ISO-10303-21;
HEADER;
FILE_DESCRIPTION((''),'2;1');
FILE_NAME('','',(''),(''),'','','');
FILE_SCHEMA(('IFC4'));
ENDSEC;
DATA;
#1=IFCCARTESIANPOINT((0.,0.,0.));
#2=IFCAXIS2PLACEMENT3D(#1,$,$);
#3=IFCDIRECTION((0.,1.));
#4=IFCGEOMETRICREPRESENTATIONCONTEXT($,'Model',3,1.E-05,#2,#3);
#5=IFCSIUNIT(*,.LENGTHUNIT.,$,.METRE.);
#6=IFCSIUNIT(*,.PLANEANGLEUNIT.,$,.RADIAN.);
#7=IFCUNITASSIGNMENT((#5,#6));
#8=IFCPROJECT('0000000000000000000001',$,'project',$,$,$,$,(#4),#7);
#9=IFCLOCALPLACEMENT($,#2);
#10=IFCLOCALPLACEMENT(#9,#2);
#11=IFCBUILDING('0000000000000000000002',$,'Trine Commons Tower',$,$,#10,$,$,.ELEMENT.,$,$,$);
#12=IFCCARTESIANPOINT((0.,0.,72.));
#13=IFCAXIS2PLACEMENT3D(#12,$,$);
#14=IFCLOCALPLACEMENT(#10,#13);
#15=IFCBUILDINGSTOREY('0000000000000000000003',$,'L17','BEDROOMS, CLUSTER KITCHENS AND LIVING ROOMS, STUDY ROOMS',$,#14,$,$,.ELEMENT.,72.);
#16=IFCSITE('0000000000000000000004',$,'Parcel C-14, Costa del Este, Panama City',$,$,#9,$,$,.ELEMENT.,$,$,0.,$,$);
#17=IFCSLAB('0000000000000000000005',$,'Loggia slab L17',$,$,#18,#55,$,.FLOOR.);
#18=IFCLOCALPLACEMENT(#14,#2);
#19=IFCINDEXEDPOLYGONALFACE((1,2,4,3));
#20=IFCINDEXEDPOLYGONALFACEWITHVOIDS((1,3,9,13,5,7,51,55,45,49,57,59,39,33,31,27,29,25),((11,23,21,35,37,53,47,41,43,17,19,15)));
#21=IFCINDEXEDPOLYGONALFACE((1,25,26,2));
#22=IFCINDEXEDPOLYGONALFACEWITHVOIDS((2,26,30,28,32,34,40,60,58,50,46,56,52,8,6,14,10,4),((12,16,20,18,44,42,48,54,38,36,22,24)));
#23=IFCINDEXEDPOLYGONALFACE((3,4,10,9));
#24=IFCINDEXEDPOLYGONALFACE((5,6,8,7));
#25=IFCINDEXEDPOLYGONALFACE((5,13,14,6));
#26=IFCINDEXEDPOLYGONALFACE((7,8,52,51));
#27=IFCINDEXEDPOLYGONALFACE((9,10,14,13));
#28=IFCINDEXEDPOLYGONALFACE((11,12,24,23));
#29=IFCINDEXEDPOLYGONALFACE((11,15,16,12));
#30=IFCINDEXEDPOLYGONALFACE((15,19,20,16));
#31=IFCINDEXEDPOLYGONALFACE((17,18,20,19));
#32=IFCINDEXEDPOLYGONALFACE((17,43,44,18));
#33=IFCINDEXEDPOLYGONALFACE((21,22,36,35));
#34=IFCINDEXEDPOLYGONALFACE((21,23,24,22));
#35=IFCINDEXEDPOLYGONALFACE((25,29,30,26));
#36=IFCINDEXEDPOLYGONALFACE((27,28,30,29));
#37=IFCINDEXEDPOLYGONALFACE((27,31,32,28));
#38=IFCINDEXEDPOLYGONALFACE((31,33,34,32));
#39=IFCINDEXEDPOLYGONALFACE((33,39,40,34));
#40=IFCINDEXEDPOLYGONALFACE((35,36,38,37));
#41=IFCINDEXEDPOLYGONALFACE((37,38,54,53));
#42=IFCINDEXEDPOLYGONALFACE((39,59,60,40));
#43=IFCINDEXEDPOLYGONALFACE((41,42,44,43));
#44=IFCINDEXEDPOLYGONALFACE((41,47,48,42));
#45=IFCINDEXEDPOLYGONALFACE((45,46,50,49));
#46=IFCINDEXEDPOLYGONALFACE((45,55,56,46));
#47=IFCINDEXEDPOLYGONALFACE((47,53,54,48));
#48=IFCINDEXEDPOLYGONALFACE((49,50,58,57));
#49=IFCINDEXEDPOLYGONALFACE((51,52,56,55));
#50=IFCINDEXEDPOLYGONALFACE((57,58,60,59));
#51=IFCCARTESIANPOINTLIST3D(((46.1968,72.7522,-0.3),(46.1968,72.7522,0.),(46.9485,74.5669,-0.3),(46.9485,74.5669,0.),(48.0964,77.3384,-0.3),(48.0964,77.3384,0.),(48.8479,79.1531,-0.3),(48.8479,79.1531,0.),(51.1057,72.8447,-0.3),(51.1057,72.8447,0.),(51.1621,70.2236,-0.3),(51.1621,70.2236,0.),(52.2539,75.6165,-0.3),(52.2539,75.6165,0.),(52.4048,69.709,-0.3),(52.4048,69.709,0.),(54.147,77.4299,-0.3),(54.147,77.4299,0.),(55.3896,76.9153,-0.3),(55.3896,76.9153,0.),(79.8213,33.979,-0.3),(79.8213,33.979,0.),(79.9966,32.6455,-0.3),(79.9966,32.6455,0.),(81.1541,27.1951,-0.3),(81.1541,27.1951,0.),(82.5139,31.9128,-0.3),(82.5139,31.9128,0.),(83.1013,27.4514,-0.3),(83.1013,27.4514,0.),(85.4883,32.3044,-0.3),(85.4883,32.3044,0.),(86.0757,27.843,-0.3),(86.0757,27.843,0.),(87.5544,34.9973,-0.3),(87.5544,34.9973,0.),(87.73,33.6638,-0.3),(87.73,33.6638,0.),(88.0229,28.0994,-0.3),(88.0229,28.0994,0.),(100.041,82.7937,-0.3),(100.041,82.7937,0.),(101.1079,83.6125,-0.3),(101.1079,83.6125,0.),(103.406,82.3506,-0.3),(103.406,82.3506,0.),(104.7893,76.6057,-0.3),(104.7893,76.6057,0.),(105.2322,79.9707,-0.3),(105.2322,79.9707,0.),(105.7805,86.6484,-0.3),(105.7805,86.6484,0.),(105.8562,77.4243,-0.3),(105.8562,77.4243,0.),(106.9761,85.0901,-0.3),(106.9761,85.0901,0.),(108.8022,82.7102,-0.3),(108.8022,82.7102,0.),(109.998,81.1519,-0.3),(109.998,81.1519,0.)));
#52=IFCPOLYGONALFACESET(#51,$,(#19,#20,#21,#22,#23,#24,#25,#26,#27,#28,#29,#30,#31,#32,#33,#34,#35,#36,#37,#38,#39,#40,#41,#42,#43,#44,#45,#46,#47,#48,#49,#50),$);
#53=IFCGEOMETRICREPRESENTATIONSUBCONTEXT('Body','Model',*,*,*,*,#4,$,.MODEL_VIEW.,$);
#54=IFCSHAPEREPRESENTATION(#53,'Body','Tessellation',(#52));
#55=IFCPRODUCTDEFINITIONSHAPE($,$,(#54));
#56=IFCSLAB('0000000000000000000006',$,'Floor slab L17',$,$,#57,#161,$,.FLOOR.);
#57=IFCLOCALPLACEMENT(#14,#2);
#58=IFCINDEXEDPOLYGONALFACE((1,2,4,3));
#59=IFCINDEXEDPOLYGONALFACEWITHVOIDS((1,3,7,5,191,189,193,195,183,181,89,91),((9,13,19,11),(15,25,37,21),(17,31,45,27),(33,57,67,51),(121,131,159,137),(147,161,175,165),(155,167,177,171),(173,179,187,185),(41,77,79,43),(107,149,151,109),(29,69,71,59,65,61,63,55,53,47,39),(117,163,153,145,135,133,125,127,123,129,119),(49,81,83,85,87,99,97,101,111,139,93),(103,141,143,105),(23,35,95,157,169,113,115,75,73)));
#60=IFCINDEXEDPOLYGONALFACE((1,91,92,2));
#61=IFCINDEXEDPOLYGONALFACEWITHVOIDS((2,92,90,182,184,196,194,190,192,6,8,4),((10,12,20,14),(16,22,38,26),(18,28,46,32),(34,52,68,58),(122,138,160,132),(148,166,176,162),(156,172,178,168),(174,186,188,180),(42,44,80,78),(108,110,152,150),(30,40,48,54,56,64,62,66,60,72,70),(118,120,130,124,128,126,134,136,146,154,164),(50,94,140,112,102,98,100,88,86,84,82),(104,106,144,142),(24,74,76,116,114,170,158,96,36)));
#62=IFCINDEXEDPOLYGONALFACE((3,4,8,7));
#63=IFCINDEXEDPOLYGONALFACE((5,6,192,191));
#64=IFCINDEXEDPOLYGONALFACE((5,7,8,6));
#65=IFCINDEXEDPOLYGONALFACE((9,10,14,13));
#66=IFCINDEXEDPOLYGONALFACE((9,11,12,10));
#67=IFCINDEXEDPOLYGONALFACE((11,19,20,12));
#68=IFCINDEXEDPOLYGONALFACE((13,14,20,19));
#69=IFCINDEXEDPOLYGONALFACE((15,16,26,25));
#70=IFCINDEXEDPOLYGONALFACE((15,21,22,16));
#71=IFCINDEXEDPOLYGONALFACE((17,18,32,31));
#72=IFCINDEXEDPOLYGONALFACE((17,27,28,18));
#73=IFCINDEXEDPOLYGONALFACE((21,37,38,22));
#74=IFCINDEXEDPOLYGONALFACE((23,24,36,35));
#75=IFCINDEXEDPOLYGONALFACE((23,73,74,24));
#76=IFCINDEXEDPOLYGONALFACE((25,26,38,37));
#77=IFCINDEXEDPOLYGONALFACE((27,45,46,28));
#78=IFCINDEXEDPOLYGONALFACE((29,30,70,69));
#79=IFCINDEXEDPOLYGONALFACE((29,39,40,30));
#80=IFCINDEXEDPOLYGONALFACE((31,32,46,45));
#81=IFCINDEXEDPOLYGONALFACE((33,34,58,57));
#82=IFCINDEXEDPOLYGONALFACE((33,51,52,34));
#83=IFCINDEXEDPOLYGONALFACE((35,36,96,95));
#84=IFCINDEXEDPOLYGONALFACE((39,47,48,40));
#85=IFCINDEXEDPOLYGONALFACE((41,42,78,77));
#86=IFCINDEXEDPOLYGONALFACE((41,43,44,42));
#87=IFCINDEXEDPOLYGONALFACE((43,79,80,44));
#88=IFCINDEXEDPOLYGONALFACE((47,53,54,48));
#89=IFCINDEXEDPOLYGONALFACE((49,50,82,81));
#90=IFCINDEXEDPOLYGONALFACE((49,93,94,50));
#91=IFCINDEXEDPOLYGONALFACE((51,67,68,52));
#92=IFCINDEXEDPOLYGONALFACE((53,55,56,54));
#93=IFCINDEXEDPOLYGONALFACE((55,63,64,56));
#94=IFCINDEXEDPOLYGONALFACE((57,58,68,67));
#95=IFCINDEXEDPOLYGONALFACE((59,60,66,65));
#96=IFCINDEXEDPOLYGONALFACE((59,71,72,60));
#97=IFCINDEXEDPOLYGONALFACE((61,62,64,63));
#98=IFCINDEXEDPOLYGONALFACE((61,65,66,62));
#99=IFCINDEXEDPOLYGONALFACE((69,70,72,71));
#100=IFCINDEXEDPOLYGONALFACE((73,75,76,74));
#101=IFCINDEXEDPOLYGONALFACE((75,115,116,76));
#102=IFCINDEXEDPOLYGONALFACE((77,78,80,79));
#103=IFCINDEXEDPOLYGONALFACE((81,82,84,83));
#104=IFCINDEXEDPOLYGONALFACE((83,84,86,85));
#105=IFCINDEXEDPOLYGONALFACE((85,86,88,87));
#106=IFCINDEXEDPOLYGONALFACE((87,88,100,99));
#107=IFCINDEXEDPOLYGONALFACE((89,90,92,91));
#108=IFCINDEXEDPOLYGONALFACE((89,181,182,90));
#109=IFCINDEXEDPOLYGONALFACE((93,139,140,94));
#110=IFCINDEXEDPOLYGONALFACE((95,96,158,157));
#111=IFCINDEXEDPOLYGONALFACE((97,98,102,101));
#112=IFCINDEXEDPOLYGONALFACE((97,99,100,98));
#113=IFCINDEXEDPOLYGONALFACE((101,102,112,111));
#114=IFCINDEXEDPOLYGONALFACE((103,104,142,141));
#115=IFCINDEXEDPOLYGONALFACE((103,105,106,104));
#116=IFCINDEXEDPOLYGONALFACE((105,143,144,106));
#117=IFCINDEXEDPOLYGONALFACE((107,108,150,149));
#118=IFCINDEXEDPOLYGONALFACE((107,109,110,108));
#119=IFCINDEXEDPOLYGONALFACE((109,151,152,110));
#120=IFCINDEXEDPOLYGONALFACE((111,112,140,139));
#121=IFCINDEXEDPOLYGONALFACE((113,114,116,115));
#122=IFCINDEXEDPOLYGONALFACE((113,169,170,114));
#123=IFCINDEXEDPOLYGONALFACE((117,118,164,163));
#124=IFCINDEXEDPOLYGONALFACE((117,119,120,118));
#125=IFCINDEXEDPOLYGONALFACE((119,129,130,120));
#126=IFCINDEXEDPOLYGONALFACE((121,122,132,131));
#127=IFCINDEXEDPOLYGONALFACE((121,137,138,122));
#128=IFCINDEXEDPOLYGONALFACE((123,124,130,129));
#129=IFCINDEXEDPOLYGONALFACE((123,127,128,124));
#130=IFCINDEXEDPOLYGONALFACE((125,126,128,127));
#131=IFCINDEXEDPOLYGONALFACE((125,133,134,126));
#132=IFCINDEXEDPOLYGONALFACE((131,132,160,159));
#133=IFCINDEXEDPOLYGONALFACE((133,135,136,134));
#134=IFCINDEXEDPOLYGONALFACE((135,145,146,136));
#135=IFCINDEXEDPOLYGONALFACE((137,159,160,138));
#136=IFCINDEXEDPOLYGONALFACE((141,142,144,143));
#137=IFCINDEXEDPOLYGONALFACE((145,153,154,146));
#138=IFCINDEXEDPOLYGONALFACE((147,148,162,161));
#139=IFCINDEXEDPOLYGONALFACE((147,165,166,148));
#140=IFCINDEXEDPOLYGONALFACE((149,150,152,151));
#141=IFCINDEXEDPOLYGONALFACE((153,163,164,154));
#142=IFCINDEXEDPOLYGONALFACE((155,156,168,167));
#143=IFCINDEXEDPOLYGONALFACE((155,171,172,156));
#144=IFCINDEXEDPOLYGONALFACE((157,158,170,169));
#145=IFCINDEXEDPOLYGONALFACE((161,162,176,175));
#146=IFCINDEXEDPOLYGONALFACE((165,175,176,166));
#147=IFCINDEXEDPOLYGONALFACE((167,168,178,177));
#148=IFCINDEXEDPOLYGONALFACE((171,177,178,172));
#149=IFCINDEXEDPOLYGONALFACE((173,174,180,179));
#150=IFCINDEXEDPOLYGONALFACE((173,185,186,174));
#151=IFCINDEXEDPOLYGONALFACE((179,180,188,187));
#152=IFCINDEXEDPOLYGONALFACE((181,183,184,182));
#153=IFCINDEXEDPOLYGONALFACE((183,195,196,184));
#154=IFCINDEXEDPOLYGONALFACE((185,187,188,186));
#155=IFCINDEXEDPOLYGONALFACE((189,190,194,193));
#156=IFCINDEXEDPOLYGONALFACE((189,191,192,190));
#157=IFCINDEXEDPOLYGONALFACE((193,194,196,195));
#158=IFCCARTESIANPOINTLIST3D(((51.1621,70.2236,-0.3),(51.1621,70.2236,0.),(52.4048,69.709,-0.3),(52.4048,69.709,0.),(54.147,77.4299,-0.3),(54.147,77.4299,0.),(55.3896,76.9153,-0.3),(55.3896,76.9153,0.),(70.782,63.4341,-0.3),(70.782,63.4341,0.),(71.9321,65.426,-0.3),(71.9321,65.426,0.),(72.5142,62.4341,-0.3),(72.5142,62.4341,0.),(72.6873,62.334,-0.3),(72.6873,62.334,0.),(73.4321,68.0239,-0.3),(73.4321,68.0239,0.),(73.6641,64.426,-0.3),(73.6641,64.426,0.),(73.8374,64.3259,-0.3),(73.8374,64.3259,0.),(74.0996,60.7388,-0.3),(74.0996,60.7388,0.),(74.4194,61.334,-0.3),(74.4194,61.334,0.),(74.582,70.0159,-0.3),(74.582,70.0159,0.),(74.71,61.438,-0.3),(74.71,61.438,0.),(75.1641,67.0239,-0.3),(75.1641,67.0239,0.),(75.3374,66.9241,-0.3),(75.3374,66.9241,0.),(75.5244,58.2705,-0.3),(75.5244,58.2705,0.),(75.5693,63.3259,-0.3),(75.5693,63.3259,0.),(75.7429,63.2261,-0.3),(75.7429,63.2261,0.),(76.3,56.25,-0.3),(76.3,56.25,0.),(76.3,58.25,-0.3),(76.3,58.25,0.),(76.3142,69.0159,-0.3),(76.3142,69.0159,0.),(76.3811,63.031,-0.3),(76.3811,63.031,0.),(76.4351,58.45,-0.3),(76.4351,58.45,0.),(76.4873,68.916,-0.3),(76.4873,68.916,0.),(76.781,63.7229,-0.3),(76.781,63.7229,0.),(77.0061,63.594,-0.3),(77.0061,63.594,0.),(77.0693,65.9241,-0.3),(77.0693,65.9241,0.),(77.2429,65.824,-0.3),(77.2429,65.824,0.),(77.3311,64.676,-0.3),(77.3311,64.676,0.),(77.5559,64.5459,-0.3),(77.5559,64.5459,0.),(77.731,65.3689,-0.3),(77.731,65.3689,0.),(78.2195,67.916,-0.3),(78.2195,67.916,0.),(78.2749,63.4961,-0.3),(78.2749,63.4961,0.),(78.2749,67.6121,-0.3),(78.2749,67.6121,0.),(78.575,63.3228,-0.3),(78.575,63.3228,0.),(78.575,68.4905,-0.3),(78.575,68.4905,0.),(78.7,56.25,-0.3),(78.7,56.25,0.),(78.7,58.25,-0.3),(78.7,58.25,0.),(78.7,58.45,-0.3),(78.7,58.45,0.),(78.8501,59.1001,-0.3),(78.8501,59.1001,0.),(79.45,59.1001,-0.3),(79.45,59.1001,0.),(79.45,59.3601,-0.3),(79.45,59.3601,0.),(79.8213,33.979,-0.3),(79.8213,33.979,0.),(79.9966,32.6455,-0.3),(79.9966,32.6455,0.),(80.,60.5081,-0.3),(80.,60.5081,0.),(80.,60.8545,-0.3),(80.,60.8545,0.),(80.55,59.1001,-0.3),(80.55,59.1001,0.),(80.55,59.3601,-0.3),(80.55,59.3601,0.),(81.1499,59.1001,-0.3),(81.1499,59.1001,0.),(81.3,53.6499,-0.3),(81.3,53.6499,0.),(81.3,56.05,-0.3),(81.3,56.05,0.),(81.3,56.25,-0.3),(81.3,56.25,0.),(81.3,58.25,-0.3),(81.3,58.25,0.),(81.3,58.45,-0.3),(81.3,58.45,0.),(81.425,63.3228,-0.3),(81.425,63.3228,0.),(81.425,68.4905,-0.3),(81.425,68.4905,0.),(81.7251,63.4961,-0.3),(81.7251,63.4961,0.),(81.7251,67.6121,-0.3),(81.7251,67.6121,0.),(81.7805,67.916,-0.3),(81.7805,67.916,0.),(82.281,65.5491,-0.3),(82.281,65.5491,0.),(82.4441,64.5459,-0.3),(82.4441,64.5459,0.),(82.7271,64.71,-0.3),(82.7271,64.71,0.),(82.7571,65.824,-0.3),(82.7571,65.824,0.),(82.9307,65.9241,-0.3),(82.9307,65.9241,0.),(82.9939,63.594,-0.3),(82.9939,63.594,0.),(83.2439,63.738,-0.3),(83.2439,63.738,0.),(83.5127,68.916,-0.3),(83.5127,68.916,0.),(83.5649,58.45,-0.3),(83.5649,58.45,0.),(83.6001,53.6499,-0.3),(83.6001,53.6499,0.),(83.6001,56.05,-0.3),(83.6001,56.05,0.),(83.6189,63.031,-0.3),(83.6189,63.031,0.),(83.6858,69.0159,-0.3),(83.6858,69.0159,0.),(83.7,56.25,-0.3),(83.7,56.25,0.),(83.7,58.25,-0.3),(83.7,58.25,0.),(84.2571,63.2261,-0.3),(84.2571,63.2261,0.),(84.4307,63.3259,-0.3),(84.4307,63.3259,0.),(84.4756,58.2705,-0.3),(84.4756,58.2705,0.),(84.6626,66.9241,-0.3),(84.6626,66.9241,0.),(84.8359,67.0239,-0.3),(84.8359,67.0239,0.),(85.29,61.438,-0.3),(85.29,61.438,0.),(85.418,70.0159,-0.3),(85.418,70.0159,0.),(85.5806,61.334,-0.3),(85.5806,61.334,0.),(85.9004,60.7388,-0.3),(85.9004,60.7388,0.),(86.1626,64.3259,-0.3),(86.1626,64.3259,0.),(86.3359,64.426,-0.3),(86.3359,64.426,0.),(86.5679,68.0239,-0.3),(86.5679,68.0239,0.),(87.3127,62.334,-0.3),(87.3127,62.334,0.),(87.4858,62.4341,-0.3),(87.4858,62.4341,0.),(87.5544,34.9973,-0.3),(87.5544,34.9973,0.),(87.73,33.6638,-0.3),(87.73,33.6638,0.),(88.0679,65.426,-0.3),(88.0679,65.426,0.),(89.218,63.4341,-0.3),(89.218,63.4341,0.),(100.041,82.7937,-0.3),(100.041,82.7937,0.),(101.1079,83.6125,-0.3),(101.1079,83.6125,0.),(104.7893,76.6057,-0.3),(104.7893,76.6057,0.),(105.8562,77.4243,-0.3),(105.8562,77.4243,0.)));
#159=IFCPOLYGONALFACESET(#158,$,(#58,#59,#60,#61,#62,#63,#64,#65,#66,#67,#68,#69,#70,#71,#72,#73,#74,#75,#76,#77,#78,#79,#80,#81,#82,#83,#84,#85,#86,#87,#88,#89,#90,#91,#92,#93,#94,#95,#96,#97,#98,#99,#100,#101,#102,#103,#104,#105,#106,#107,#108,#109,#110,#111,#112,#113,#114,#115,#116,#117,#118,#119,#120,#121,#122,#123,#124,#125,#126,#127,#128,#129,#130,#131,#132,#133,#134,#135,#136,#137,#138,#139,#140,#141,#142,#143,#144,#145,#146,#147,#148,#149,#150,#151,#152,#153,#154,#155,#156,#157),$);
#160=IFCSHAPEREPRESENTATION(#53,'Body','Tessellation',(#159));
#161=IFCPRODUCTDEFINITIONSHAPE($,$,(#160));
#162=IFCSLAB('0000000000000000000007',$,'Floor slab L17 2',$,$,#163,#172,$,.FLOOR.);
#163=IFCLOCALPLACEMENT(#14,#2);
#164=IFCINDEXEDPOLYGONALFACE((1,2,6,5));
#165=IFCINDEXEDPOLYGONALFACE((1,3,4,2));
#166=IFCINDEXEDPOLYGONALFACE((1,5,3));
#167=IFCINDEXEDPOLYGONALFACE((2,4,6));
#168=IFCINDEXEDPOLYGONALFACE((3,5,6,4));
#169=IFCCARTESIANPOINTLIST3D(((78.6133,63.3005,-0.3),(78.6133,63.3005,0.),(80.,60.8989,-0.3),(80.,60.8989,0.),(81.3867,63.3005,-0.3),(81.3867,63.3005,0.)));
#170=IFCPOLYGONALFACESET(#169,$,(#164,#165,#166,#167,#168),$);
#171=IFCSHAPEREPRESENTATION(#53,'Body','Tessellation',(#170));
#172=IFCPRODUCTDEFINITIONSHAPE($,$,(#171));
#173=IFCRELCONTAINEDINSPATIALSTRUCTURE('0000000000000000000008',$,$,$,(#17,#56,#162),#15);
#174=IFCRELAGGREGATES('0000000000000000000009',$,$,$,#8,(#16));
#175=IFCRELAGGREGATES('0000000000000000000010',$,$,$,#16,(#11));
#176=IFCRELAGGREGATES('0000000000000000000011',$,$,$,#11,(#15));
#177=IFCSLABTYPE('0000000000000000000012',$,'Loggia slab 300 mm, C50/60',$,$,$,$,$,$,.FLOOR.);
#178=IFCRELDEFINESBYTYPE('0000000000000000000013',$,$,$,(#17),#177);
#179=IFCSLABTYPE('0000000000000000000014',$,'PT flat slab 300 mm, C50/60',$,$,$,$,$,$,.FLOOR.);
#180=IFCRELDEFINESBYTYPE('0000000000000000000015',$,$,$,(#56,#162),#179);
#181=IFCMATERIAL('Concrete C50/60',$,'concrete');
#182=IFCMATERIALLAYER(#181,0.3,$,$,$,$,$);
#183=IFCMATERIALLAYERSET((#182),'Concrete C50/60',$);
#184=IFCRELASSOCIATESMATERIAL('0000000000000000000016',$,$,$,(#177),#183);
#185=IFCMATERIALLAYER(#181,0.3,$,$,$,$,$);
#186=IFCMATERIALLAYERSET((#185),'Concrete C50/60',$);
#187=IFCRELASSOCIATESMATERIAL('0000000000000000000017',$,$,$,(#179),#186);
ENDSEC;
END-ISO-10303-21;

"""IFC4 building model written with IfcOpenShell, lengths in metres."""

from ifc_helpers import new_model, si_unit, direction, frame, origin, place, context, subcontext, project, spatial, polyline, outline, extrude, material, layer, layer_set, type_object, element, save


model = new_model("IFC4")

# Units and contexts
model_context = context("Model", 3, precision=1e-05, world=origin(), true_north=direction((0.0, 1.0)))
body_context = subcontext(model_context, "Body", "Model", "MODEL_VIEW")
ifc_project = project(units=[si_unit("LENGTHUNIT", "METRE"), si_unit("PLANEANGLEUNIT", "RADIAN")], contexts=[model_context])

# Site, building, storey
site_placement = place(None, origin())
site = spatial("IfcSite", under=ifc_project, at=site_placement, Name="Parcel C-14, Costa del Este, Panama City", CompositionType="ELEMENT", RefElevation=0.0)
building_placement = place(site_placement, origin())
building = spatial("IfcBuilding", under=site, at=building_placement, Name="Trine Commons Tower", CompositionType="ELEMENT")
storey_placement = place(building_placement, frame((0.0, 0.0, 72.0)))
storey = spatial("IfcBuildingStorey", under=building, at=storey_placement, Name="L17", Description="BEDROOMS, CLUSTER KITCHENS AND LIVING ROOMS, STUDY ROOMS", CompositionType="ELEMENT", Elevation=72.0)

# Slabs
ifc_material_1 = material(Name="Concrete C50/60", Category="concrete")
ifc_layer_1 = layer(ifc_material_1, 0.3)
ifc_layer_set_1 = layer_set([ifc_layer_1], Name="Concrete C50/60")
slab_type_1 = type_object("IfcSlabType", Name="Loggia slab 300 mm, C50/60", PredefinedType="FLOOR", material=ifc_layer_set_1)
slab_1_placement = place(storey_placement, frame((0.0, 0.0, -0.3)))
element("IfcSlab", 1, at=slab_1_placement, inside=storey, type_object=slab_type_1, Name="Loggia slab L17", PredefinedType="FLOOR", context=body_context, shape_type="SweptSolid", body=[
    extrude(outline(polyline([(88.0229, 28.0994), (109.998, 81.1519), (108.8022, 82.7102), (105.2322, 79.9707), (103.406, 82.3506), (106.9761, 85.0901), (105.7805, 86.6484), (48.8479, 79.1531), (48.0964, 77.3384), (52.2539, 75.6165), (51.1057, 72.8447), (46.9485, 74.5669), (46.1968, 72.7522), (81.1541, 27.1951), (83.1013, 27.4514), (82.5139, 31.9128), (85.4883, 32.3044), (86.0757, 27.843), (88.0229, 28.0994)]), holes=[polyline([(79.9966, 32.6455), (79.8213, 33.979), (87.5544, 34.9973), (87.73, 33.6638), (105.8562, 77.4243), (104.7893, 76.6057), (100.041, 82.7937), (101.1079, 83.6125), (54.147, 77.4299), (55.3896, 76.9153), (52.4048, 69.709), (51.1621, 70.2236), (79.9966, 32.6455)])]), origin(), (0.0, 0.0, 1.0), 0.3),
])
ifc_layer_2 = layer(ifc_material_1, 0.3)
ifc_layer_set_2 = layer_set([ifc_layer_2], Name="Concrete C50/60")
slab_type_2 = type_object("IfcSlabType", Name="PT flat slab 300 mm, C50/60", PredefinedType="FLOOR", material=ifc_layer_set_2)
slab_2_placement = place(storey_placement, frame((0.0, 0.0, -0.3)))
element("IfcSlab", 2, at=slab_2_placement, inside=storey, type_object=slab_type_2, Name="Floor slab L17", PredefinedType="FLOOR", context=body_context, shape_type="SweptSolid", body=[
    extrude(outline(polyline([(51.1621, 70.2236), (79.9966, 32.6455), (79.8213, 33.979), (87.5544, 34.9973), (87.73, 33.6638), (105.8562, 77.4243), (104.7893, 76.6057), (100.041, 82.7937), (101.1079, 83.6125), (54.147, 77.4299), (55.3896, 76.9153), (52.4048, 69.709), (51.1621, 70.2236)]), holes=[polyline([(76.3, 56.25), (78.7, 56.25), (78.7, 58.25), (76.3, 58.25), (76.3, 56.25)]), polyline([(81.1499, 59.1001), (81.3, 58.45), (83.5649, 58.45), (80.0, 60.5081), (76.4351, 58.45), (78.7, 58.45), (78.8501, 59.1001), (79.45, 59.1001), (79.45, 59.3601), (80.55, 59.3601), (80.55, 59.1001), (81.1499, 59.1001)]), polyline([(80.0, 60.8545), (84.4756, 58.2705), (85.9004, 60.7388), (81.425, 63.3228), (81.425, 68.4905), (78.575, 68.4905), (78.575, 63.3228), (74.0996, 60.7388), (75.5244, 58.2705), (80.0, 60.8545)]), polyline([(73.8374, 64.3259), (72.6873, 62.334), (74.4194, 61.334), (75.5693, 63.3259), (73.8374, 64.3259)]), polyline([(71.9321, 65.426), (70.782, 63.4341), (72.5142, 62.4341), (73.6641, 64.426), (71.9321, 65.426)]), polyline([(76.781, 63.7229), (76.3811, 63.031), (75.7429, 63.2261), (74.71, 61.438), (78.2749, 63.4961), (78.2749, 67.6121), (77.2429, 65.824), (77.731, 65.3689), (77.3311, 64.676), (77.5559, 64.5459), (77.0061, 63.594), (76.781, 63.7229)]), polyline([(76.4873, 68.916), (75.3374, 66.9241), (77.0693, 65.9241), (78.2195, 67.916), (76.4873, 68.916)]), polyline([(74.582, 70.0159), (73.4321, 68.0239), (75.1641, 67.0239), (76.3142, 69.0159), (74.582, 70.0159)]), polyline([(81.3, 53.6499), (83.6001, 53.6499), (83.6001, 56.05), (81.3, 56.05), (81.3, 53.6499)]), polyline([(81.3, 56.25), (83.7, 56.25), (83.7, 58.25), (81.3, 58.25), (81.3, 56.25)]), polyline([(87.3127, 62.334), (86.1626, 64.3259), (84.4307, 63.3259), (85.5806, 61.334), (87.3127, 62.334)]), polyline([(89.218, 63.4341), (88.0679, 65.426), (86.3359, 64.426), (87.4858, 62.4341), (89.218, 63.4341)]), polyline([(83.2439, 63.738), (82.9939, 63.594), (82.4441, 64.5459), (82.7271, 64.71), (82.281, 65.5491), (82.7571, 65.824), (81.7251, 67.6121), (81.7251, 63.4961), (85.29, 61.438), (84.2571, 63.2261), (83.6189, 63.031), (83.2439, 63.738)]), polyline([(82.9307, 65.9241), (84.6626, 66.9241), (83.5127, 68.916), (81.7805, 67.916), (82.9307, 65.9241)]), polyline([(84.8359, 67.0239), (86.5679, 68.0239), (85.418, 70.0159), (83.6858, 69.0159), (84.8359, 67.0239)])]), origin(), (0.0, 0.0, 1.0), 0.3),
])
slab_3_placement = place(storey_placement, frame((0.0, 0.0, -0.3)))
element("IfcSlab", 3, at=slab_3_placement, inside=storey, type_object=slab_type_2, Name="Floor slab L17 2", PredefinedType="FLOOR", context=body_context, shape_type="SweptSolid", body=[
    extrude(outline(polyline([(78.6133, 63.3005), (80.0, 60.8989), (81.3867, 63.3005), (78.6133, 63.3005)])), origin(), (0.0, 0.0, 1.0), 0.3),
])

save(model, "model.ifc")
